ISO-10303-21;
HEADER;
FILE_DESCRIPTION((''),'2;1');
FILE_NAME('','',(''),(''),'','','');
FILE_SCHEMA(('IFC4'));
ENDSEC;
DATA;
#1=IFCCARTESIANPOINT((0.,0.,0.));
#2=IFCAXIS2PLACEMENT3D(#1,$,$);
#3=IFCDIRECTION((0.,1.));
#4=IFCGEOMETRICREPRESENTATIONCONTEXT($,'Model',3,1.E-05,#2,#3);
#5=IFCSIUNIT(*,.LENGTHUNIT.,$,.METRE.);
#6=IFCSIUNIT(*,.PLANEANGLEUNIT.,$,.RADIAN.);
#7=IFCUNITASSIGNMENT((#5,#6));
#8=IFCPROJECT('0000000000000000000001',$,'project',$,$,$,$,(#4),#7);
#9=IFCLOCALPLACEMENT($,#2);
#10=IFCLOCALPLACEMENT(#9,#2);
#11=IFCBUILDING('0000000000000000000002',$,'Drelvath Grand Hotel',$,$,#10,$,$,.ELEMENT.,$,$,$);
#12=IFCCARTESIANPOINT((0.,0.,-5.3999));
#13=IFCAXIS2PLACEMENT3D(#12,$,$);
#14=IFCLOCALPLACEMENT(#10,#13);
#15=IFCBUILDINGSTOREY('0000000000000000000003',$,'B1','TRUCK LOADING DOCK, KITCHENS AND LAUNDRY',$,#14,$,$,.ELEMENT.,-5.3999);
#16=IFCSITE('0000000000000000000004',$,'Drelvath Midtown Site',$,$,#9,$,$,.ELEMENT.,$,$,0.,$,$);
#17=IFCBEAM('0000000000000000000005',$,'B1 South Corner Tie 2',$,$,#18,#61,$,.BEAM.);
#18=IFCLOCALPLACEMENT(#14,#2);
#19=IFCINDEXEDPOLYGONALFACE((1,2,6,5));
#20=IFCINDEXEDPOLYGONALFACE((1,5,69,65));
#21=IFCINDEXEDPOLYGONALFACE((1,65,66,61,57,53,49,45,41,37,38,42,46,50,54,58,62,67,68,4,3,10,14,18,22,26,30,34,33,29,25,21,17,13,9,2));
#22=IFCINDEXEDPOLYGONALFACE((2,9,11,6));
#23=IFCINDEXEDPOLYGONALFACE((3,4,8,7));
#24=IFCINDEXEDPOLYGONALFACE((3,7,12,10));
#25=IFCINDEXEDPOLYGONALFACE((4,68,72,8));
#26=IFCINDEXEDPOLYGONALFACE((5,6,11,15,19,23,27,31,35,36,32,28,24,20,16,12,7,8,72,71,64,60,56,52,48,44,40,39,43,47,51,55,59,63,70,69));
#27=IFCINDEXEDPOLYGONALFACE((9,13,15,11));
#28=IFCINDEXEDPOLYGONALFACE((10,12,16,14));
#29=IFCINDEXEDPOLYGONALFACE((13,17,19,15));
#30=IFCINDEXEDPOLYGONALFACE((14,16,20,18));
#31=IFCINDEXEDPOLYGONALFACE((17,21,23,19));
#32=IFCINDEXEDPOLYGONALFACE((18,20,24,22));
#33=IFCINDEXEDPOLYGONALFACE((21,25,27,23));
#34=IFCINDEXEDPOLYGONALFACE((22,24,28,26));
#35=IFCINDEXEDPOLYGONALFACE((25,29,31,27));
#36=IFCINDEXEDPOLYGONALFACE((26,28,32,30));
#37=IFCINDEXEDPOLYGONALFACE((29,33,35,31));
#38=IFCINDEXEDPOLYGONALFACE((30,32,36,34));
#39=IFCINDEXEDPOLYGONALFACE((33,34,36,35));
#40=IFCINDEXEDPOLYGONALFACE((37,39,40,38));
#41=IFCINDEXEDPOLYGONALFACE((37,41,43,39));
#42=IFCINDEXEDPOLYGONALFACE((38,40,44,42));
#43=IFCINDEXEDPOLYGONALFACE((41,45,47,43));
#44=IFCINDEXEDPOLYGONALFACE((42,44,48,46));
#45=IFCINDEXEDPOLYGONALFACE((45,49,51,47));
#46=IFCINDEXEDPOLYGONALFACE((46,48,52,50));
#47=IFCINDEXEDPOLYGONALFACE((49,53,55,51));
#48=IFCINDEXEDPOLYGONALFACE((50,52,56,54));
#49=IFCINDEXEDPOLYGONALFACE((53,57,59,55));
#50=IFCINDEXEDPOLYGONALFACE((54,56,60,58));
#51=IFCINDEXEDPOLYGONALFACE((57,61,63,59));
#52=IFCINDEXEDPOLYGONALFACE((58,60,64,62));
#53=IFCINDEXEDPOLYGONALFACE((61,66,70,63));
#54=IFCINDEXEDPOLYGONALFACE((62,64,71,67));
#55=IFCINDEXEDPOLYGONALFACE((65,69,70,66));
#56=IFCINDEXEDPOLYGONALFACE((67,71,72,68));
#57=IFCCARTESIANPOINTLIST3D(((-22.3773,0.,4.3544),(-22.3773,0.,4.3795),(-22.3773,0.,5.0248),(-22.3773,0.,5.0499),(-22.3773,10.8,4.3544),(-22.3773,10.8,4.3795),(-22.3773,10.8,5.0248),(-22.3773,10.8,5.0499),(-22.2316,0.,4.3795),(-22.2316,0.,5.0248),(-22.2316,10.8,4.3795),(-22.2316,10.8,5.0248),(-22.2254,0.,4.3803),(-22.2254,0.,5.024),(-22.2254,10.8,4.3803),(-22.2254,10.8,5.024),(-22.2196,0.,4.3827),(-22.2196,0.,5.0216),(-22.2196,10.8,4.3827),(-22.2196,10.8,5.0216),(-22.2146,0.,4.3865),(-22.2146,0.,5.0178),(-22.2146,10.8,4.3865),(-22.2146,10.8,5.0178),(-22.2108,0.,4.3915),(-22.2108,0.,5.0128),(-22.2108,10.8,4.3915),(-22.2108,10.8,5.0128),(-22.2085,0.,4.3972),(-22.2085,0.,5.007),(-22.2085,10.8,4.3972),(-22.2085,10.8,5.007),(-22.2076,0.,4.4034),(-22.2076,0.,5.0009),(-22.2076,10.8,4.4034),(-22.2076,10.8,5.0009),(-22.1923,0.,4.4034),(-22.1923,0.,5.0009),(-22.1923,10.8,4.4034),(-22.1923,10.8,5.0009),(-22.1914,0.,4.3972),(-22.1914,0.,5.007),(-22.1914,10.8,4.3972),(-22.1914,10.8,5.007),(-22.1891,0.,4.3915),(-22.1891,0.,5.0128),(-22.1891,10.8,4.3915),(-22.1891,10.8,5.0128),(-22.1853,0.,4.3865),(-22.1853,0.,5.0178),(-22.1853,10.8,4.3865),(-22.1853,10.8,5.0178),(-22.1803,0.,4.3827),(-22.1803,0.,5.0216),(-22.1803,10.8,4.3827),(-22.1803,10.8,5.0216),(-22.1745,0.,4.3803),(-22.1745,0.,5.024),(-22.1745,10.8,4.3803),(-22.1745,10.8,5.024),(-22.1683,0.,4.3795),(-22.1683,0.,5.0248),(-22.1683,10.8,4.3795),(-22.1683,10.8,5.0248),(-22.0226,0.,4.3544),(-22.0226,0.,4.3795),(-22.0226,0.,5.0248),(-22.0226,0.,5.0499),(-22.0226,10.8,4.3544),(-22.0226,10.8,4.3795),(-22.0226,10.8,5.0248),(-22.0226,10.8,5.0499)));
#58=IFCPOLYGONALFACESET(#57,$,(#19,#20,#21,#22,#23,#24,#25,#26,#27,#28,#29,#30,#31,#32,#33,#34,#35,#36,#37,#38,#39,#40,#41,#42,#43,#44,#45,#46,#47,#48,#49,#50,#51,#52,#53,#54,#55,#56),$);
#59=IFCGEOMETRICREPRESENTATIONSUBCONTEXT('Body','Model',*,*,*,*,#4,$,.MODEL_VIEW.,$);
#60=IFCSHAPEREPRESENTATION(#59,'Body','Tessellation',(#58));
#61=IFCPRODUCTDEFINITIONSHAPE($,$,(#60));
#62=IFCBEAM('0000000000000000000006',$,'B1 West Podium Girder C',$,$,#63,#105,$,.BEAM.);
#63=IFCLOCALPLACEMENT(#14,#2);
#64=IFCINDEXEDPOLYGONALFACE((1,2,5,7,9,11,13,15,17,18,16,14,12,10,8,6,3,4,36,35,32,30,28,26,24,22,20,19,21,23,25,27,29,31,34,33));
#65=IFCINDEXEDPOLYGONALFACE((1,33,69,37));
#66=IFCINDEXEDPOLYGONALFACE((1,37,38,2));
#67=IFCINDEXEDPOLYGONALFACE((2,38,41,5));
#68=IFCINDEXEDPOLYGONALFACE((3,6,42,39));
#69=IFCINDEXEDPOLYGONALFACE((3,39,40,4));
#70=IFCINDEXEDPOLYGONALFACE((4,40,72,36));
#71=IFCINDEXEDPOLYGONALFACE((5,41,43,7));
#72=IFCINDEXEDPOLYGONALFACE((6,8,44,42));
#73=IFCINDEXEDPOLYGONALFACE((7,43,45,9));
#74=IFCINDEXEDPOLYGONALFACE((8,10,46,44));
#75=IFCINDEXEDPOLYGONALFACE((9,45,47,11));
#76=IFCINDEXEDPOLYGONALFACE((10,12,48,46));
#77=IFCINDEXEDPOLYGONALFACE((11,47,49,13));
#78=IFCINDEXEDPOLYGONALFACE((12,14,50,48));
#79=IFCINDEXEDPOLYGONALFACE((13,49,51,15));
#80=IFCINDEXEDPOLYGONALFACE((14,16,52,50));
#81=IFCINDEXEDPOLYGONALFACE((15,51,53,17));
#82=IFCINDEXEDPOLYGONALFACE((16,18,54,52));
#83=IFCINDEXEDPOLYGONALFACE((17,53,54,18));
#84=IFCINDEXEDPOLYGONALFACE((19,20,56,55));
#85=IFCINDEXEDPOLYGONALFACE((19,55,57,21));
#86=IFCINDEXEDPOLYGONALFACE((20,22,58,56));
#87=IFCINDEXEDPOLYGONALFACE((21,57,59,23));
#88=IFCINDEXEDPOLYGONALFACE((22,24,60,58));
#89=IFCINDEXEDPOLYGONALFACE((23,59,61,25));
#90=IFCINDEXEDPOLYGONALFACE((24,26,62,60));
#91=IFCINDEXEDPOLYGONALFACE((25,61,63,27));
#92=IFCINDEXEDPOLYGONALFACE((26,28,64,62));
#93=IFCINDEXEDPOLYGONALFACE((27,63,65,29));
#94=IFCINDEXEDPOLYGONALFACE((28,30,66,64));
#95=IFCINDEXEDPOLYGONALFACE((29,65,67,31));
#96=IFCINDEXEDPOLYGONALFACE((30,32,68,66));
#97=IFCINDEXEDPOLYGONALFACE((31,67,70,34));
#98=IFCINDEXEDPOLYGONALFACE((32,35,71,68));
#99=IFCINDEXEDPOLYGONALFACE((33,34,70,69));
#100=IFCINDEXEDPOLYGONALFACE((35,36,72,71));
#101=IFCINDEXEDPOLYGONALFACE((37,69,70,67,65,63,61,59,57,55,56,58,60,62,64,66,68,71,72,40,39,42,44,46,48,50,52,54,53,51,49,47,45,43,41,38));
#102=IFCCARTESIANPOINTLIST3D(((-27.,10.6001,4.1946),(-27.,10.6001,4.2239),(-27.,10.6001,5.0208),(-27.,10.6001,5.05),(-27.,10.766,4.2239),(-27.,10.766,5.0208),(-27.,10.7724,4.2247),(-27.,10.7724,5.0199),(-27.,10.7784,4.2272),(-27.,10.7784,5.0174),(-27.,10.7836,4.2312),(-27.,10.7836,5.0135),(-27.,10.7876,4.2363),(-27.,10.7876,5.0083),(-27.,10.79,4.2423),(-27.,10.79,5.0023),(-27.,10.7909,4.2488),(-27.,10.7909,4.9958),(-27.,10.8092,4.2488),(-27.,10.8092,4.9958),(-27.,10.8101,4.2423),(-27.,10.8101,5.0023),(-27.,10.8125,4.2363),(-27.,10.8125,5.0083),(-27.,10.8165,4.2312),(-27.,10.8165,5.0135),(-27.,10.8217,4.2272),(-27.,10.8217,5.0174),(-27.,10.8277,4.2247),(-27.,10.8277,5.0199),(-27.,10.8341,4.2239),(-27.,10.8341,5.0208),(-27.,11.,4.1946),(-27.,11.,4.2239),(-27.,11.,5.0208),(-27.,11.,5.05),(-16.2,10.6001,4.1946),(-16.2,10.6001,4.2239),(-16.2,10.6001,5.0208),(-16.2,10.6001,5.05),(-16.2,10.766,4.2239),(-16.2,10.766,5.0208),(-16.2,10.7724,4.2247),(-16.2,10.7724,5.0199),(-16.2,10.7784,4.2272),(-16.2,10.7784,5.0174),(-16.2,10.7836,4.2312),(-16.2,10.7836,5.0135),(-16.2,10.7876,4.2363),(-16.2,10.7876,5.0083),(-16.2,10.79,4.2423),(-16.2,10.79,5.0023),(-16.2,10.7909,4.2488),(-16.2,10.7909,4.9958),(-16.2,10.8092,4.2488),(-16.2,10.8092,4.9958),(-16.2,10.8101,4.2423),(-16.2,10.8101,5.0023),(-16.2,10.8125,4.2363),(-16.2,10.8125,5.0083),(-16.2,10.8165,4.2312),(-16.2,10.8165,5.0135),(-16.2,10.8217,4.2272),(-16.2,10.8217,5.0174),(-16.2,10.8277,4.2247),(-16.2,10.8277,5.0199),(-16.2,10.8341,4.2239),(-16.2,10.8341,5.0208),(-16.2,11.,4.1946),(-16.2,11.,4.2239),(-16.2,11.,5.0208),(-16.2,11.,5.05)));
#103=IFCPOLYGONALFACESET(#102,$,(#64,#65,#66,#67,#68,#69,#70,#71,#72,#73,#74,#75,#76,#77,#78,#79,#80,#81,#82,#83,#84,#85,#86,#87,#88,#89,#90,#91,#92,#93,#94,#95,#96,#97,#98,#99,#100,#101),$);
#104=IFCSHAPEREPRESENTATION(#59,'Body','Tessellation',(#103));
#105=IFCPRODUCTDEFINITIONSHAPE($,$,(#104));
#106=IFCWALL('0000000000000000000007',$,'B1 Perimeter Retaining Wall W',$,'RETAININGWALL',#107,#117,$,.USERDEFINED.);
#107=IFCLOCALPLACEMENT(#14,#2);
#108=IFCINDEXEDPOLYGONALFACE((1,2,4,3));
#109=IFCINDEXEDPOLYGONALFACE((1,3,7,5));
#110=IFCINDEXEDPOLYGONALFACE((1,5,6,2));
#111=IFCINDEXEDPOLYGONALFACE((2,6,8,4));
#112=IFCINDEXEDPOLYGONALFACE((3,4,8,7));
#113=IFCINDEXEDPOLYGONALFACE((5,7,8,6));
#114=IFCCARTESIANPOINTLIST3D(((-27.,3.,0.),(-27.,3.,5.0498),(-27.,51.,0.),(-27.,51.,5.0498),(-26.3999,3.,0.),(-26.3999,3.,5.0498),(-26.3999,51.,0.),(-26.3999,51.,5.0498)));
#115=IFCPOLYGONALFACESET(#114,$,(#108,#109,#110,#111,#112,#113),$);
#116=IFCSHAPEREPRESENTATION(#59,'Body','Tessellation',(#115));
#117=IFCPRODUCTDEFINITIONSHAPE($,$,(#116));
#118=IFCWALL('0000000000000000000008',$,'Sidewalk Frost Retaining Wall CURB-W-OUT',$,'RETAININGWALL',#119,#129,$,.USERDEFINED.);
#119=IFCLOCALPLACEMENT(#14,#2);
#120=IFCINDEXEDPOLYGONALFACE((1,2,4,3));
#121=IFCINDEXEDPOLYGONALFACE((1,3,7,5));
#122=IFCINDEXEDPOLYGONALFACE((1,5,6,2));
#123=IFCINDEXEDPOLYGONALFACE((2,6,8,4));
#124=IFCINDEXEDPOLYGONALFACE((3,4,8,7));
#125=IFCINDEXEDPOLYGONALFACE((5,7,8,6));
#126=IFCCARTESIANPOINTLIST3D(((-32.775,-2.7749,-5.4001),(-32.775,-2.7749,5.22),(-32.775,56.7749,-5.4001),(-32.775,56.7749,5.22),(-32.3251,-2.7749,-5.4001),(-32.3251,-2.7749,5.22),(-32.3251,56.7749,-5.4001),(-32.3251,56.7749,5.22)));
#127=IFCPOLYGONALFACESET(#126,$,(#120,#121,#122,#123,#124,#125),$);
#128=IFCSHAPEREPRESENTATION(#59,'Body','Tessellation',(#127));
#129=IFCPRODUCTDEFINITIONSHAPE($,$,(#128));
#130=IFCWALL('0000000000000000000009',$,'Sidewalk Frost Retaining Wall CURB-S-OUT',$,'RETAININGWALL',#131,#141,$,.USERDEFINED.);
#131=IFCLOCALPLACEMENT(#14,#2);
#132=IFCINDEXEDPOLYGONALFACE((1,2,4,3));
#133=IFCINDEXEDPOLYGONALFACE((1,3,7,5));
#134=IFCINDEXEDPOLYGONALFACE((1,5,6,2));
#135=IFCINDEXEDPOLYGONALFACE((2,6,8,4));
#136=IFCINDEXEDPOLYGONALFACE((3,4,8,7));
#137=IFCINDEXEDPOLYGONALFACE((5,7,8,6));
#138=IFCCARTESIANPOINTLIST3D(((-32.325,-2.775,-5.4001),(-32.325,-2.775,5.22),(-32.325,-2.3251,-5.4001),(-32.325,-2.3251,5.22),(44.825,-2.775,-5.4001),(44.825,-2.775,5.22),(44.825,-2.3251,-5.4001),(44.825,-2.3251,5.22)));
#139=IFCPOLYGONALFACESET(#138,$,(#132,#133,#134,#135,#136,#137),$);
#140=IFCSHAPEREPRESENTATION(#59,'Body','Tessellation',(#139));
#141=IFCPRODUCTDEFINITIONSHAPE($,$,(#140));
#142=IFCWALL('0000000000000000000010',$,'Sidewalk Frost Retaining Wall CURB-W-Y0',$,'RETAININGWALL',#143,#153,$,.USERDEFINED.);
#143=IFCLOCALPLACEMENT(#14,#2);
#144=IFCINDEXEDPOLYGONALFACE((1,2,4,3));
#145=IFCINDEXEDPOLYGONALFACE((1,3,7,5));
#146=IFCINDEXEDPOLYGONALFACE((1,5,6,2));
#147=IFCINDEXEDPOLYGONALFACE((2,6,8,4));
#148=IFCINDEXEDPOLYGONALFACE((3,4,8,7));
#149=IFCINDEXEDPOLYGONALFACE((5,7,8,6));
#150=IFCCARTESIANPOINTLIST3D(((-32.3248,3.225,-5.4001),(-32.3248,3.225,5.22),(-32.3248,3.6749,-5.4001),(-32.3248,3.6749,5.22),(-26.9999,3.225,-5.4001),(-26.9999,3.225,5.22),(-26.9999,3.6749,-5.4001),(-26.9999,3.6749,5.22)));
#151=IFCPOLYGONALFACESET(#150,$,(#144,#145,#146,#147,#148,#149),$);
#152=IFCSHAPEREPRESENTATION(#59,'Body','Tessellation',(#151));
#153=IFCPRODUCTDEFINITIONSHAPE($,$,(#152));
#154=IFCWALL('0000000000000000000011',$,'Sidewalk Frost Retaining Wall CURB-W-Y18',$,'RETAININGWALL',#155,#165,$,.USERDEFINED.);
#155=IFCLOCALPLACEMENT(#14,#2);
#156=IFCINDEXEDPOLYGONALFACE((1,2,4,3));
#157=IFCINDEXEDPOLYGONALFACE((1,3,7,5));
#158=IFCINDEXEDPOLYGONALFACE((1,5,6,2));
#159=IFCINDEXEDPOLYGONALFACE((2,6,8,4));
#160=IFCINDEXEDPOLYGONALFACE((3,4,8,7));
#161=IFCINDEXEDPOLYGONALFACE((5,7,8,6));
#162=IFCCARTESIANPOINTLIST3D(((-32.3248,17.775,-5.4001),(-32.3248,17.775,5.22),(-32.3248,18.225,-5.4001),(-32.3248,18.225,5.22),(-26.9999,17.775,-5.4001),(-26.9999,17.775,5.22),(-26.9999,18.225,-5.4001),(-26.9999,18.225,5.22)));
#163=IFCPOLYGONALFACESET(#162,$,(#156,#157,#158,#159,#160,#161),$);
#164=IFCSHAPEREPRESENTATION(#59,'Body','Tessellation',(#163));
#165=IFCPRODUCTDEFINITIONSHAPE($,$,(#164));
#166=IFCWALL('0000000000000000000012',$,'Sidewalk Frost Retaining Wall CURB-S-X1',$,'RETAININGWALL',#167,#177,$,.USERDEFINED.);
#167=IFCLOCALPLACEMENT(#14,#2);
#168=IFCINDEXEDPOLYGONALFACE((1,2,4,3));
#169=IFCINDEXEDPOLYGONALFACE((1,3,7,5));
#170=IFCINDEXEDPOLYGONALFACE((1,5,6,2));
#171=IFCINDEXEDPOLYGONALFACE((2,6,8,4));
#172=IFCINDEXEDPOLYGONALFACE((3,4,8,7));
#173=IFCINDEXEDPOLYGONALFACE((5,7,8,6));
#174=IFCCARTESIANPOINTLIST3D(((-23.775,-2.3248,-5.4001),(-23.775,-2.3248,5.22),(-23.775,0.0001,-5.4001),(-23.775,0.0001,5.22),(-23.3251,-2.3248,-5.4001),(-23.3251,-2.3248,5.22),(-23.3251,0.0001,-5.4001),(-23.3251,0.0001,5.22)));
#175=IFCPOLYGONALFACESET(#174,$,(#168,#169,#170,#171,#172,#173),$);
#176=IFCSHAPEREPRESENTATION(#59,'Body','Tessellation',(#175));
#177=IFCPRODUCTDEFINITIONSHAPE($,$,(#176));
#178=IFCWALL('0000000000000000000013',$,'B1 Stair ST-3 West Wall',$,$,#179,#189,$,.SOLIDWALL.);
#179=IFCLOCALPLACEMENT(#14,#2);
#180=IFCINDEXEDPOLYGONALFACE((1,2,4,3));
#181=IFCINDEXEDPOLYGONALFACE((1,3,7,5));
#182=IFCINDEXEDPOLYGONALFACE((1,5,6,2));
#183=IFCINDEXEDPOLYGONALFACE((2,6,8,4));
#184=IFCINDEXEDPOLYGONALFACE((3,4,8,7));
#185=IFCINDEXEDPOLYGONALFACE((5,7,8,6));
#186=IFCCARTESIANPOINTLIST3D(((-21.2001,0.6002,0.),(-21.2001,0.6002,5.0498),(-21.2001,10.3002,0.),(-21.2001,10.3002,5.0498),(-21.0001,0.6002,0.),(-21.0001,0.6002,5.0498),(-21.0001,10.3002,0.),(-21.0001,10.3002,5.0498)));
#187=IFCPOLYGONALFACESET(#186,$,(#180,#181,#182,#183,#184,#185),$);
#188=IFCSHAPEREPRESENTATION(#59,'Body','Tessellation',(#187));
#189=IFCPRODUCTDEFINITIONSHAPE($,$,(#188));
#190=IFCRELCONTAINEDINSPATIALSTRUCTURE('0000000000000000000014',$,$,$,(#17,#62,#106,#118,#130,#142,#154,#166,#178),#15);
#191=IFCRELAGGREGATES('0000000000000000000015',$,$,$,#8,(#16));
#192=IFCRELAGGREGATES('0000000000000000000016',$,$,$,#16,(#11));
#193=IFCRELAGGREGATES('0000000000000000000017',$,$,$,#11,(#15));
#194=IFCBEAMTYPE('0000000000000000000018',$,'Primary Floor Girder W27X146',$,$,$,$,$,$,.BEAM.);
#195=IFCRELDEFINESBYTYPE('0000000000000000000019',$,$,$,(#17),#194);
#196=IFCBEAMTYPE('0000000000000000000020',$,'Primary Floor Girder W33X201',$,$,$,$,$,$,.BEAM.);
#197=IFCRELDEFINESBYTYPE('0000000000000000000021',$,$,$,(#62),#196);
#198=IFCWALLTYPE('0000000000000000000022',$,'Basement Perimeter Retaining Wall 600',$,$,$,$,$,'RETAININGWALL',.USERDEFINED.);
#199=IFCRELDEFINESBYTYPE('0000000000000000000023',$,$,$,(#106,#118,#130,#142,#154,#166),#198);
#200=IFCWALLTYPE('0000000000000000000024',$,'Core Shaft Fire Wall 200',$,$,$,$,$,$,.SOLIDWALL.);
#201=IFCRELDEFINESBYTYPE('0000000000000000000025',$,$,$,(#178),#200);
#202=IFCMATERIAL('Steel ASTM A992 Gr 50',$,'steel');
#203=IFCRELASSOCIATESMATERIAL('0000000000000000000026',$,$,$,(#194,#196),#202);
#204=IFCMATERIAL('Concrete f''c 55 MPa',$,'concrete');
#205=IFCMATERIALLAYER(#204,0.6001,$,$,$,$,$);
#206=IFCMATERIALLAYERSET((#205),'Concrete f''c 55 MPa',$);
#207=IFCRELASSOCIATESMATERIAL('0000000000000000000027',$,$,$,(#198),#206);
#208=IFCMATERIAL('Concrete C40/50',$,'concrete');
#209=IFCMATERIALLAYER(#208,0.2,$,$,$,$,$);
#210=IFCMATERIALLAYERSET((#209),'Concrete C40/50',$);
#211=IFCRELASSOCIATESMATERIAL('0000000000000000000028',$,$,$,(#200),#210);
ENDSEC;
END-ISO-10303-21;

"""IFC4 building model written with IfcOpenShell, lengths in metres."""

from ifc_helpers import new_model, si_unit, direction, frame, frame_2d, origin, origin_2d, place, context, subcontext, project, spatial, rectangle, i_section, extrude, material, layer, layer_set, material_profile, profile_set, type_object, element, save


model = new_model("IFC4")

# Units and contexts
model_context = context("Model", 3, precision=1e-05, world=origin(), true_north=direction((0.0, 1.0)))
body_context = subcontext(model_context, "Body", "Model", "MODEL_VIEW")
ifc_project = project(units=[si_unit("LENGTHUNIT", "METRE"), si_unit("PLANEANGLEUNIT", "RADIAN")], contexts=[model_context])

# Site, building, storey
site_placement = place(None, origin())
site = spatial("IfcSite", under=ifc_project, at=site_placement, Name="Drelvath Midtown Site", CompositionType="ELEMENT", RefElevation=0.0)
building_placement = place(site_placement, origin())
building = spatial("IfcBuilding", under=site, at=building_placement, Name="Drelvath Grand Hotel", CompositionType="ELEMENT")
storey_placement = place(building_placement, frame((0.0, 0.0, -5.3999)))
storey = spatial("IfcBuildingStorey", under=building, at=storey_placement, Name="B1", Description="TRUCK LOADING DOCK, KITCHENS AND LAUNDRY", CompositionType="ELEMENT", Elevation=-5.3999)

# Beams
ifc_material_1 = material(Name="Steel ASTM A992 Gr 50", Category="steel")
ifc_material_profile_1 = material_profile(ifc_material_1, i_section(OverallWidth=0.3547, OverallDepth=0.6956, WebThickness=0.0154, FlangeThickness=0.0251, FilletRadius=0.0239, at=origin_2d()), Name="W27X146")
ifc_profile_set_1 = profile_set([ifc_material_profile_1], Name="Steel ASTM A992 Gr 50")
beam_type_1 = type_object("IfcBeamType", Name="Primary Floor Girder W27X146", PredefinedType="BEAM", material=ifc_profile_set_1)
beam_1_placement = place(storey_placement, frame((-22.2, 0.0, 4.7021), z_axis=(0.0, 1.0, 0.0), x_axis=(-1.0, 0.0, 0.0)))
element("IfcBeam", 1, at=beam_1_placement, inside=storey, type_object=beam_type_1, Name="B1 South Corner Tie 2", PredefinedType="BEAM", context=body_context, shape_type="SweptSolid", body=[
    extrude(i_section(OverallWidth=0.3547, OverallDepth=0.6956, WebThickness=0.0154, FlangeThickness=0.0251, FilletRadius=0.0239, at=origin_2d()), origin(), (0.0, 0.0, 1.0), 10.8),
])
ifc_material_profile_2 = material_profile(ifc_material_1, i_section(OverallWidth=0.3999, OverallDepth=0.8555, WebThickness=0.0183, FlangeThickness=0.0293, FilletRadius=0.0249, at=origin_2d()), Name="W33X201")
ifc_profile_set_2 = profile_set([ifc_material_profile_2], Name="Steel ASTM A992 Gr 50")
beam_type_2 = type_object("IfcBeamType", Name="Primary Floor Girder W33X201", PredefinedType="BEAM", material=ifc_profile_set_2)
beam_2_placement = place(storey_placement, frame((-27.0, 10.8, 4.6223), z_axis=(1.0, 0.0, 0.0), x_axis=(0.0, 1.0, 0.0)))
element("IfcBeam", 2, at=beam_2_placement, inside=storey, type_object=beam_type_2, Name="B1 West Podium Girder C", PredefinedType="BEAM", context=body_context, shape_type="SweptSolid", body=[
    extrude(i_section(OverallWidth=0.3999, OverallDepth=0.8555, WebThickness=0.0183, FlangeThickness=0.0293, FilletRadius=0.0249, at=origin_2d()), origin(), (0.0, 0.0, 1.0), 10.8),
])

# Walls
ifc_material_2 = material(Name="Concrete f'c 55 MPa", Category="concrete")
ifc_layer_1 = layer(ifc_material_2, 0.6001)
ifc_layer_set_1 = layer_set([ifc_layer_1], Name="Concrete f'c 55 MPa")
wall_type_1 = type_object("IfcWallType", Name="Basement Perimeter Retaining Wall 600", ElementType="RETAININGWALL", PredefinedType="USERDEFINED", material=ifc_layer_set_1)
wall_1_placement = place(storey_placement, frame((-26.7, 3.0, 0.0), z_axis=(0.0, 0.0, 1.0), x_axis=(0.0, 1.0, 0.0)))
element("IfcWall", 3, at=wall_1_placement, inside=storey, type_object=wall_type_1, Name="B1 Perimeter Retaining Wall W", ObjectType="RETAININGWALL", PredefinedType="USERDEFINED", context=body_context, shape_type="SweptSolid", body=[
    extrude(rectangle(XDim=48.0, YDim=0.6001, at=frame_2d((24.0, 0.0))), origin(), (0.0, 0.0, 1.0), 5.0498),
])
wall_2_placement = place(storey_placement, frame((-32.55, -2.7749, -5.4001), z_axis=(0.0, 0.0, 1.0), x_axis=(0.0, 1.0, 0.0)))
element("IfcWall", 4, at=wall_2_placement, inside=storey, type_object=wall_type_1, Name="Sidewalk Frost Retaining Wall CURB-W-OUT", ObjectType="RETAININGWALL", PredefinedType="USERDEFINED", context=body_context, shape_type="SweptSolid", body=[
    extrude(rectangle(XDim=59.5498, YDim=0.45, at=frame_2d((29.7749, 0.0))), origin(), (0.0, 0.0, 1.0), 10.6201),
])
wall_3_placement = place(storey_placement, frame((-32.325, -2.55, -5.4001), z_axis=(0.0, 0.0, 1.0), x_axis=(1.0, 0.0, 0.0)))
element("IfcWall", 5, at=wall_3_placement, inside=storey, type_object=wall_type_1, Name="Sidewalk Frost Retaining Wall CURB-S-OUT", ObjectType="RETAININGWALL", PredefinedType="USERDEFINED", context=body_context, shape_type="SweptSolid", body=[
    extrude(rectangle(XDim=77.1499, YDim=0.45, at=frame_2d((38.575, 0.0))), origin(), (0.0, 0.0, 1.0), 10.6201),
])
for number, where, z_axis, x_axis, name in (
    (6, (-32.325, 3.45, -5.4001), (0.0, 0.0, 1.0), (1.0, 0.0, 0.0), "Sidewalk Frost Retaining Wall CURB-W-Y0"),
    (7, (-32.325, 18.0, -5.4001), (0.0, 0.0, 1.0), (1.0, 0.0, 0.0), "Sidewalk Frost Retaining Wall CURB-W-Y18"),
):
    element("IfcWall", number, at=place(storey_placement, frame(where, z_axis=z_axis, x_axis=x_axis)), inside=storey, type_object=wall_type_1, Name=name, ObjectType="RETAININGWALL", PredefinedType="USERDEFINED", context=body_context, shape_type="SweptSolid", body=[
        extrude(rectangle(XDim=5.325, YDim=0.45, at=frame_2d((2.6626, 0.0))), origin(), (0.0, 0.0, 1.0), 10.6201),
    ])
wall_4_placement = place(storey_placement, frame((-23.55, -2.325, -5.4001), z_axis=(0.0, 0.0, 1.0), x_axis=(0.0, 1.0, 0.0)))
element("IfcWall", 8, at=wall_4_placement, inside=storey, type_object=wall_type_1, Name="Sidewalk Frost Retaining Wall CURB-S-X1", ObjectType="RETAININGWALL", PredefinedType="USERDEFINED", context=body_context, shape_type="SweptSolid", body=[
    extrude(rectangle(XDim=2.325, YDim=0.45, at=frame_2d((1.1626, 0.0))), origin(), (0.0, 0.0, 1.0), 10.6201),
])
ifc_material_3 = material(Name="Concrete C40/50", Category="concrete")
ifc_layer_2 = layer(ifc_material_3, 0.2)
ifc_layer_set_2 = layer_set([ifc_layer_2], Name="Concrete C40/50")
wall_type_2 = type_object("IfcWallType", Name="Core Shaft Fire Wall 200", PredefinedType="SOLIDWALL", material=ifc_layer_set_2)
wall_5_placement = place(storey_placement, frame((-21.1001, 0.6001, 0.0), z_axis=(0.0, 0.0, 1.0), x_axis=(0.0, 1.0, 0.0)))
element("IfcWall", 9, at=wall_5_placement, inside=storey, type_object=wall_type_2, Name="B1 Stair ST-3 West Wall", PredefinedType="SOLIDWALL", context=body_context, shape_type="SweptSolid", body=[
    extrude(rectangle(XDim=9.7, YDim=0.2, at=frame_2d((4.8501, 0.0))), origin(), (0.0, 0.0, 1.0), 5.0498),
])

save(model, "model.ifc")
